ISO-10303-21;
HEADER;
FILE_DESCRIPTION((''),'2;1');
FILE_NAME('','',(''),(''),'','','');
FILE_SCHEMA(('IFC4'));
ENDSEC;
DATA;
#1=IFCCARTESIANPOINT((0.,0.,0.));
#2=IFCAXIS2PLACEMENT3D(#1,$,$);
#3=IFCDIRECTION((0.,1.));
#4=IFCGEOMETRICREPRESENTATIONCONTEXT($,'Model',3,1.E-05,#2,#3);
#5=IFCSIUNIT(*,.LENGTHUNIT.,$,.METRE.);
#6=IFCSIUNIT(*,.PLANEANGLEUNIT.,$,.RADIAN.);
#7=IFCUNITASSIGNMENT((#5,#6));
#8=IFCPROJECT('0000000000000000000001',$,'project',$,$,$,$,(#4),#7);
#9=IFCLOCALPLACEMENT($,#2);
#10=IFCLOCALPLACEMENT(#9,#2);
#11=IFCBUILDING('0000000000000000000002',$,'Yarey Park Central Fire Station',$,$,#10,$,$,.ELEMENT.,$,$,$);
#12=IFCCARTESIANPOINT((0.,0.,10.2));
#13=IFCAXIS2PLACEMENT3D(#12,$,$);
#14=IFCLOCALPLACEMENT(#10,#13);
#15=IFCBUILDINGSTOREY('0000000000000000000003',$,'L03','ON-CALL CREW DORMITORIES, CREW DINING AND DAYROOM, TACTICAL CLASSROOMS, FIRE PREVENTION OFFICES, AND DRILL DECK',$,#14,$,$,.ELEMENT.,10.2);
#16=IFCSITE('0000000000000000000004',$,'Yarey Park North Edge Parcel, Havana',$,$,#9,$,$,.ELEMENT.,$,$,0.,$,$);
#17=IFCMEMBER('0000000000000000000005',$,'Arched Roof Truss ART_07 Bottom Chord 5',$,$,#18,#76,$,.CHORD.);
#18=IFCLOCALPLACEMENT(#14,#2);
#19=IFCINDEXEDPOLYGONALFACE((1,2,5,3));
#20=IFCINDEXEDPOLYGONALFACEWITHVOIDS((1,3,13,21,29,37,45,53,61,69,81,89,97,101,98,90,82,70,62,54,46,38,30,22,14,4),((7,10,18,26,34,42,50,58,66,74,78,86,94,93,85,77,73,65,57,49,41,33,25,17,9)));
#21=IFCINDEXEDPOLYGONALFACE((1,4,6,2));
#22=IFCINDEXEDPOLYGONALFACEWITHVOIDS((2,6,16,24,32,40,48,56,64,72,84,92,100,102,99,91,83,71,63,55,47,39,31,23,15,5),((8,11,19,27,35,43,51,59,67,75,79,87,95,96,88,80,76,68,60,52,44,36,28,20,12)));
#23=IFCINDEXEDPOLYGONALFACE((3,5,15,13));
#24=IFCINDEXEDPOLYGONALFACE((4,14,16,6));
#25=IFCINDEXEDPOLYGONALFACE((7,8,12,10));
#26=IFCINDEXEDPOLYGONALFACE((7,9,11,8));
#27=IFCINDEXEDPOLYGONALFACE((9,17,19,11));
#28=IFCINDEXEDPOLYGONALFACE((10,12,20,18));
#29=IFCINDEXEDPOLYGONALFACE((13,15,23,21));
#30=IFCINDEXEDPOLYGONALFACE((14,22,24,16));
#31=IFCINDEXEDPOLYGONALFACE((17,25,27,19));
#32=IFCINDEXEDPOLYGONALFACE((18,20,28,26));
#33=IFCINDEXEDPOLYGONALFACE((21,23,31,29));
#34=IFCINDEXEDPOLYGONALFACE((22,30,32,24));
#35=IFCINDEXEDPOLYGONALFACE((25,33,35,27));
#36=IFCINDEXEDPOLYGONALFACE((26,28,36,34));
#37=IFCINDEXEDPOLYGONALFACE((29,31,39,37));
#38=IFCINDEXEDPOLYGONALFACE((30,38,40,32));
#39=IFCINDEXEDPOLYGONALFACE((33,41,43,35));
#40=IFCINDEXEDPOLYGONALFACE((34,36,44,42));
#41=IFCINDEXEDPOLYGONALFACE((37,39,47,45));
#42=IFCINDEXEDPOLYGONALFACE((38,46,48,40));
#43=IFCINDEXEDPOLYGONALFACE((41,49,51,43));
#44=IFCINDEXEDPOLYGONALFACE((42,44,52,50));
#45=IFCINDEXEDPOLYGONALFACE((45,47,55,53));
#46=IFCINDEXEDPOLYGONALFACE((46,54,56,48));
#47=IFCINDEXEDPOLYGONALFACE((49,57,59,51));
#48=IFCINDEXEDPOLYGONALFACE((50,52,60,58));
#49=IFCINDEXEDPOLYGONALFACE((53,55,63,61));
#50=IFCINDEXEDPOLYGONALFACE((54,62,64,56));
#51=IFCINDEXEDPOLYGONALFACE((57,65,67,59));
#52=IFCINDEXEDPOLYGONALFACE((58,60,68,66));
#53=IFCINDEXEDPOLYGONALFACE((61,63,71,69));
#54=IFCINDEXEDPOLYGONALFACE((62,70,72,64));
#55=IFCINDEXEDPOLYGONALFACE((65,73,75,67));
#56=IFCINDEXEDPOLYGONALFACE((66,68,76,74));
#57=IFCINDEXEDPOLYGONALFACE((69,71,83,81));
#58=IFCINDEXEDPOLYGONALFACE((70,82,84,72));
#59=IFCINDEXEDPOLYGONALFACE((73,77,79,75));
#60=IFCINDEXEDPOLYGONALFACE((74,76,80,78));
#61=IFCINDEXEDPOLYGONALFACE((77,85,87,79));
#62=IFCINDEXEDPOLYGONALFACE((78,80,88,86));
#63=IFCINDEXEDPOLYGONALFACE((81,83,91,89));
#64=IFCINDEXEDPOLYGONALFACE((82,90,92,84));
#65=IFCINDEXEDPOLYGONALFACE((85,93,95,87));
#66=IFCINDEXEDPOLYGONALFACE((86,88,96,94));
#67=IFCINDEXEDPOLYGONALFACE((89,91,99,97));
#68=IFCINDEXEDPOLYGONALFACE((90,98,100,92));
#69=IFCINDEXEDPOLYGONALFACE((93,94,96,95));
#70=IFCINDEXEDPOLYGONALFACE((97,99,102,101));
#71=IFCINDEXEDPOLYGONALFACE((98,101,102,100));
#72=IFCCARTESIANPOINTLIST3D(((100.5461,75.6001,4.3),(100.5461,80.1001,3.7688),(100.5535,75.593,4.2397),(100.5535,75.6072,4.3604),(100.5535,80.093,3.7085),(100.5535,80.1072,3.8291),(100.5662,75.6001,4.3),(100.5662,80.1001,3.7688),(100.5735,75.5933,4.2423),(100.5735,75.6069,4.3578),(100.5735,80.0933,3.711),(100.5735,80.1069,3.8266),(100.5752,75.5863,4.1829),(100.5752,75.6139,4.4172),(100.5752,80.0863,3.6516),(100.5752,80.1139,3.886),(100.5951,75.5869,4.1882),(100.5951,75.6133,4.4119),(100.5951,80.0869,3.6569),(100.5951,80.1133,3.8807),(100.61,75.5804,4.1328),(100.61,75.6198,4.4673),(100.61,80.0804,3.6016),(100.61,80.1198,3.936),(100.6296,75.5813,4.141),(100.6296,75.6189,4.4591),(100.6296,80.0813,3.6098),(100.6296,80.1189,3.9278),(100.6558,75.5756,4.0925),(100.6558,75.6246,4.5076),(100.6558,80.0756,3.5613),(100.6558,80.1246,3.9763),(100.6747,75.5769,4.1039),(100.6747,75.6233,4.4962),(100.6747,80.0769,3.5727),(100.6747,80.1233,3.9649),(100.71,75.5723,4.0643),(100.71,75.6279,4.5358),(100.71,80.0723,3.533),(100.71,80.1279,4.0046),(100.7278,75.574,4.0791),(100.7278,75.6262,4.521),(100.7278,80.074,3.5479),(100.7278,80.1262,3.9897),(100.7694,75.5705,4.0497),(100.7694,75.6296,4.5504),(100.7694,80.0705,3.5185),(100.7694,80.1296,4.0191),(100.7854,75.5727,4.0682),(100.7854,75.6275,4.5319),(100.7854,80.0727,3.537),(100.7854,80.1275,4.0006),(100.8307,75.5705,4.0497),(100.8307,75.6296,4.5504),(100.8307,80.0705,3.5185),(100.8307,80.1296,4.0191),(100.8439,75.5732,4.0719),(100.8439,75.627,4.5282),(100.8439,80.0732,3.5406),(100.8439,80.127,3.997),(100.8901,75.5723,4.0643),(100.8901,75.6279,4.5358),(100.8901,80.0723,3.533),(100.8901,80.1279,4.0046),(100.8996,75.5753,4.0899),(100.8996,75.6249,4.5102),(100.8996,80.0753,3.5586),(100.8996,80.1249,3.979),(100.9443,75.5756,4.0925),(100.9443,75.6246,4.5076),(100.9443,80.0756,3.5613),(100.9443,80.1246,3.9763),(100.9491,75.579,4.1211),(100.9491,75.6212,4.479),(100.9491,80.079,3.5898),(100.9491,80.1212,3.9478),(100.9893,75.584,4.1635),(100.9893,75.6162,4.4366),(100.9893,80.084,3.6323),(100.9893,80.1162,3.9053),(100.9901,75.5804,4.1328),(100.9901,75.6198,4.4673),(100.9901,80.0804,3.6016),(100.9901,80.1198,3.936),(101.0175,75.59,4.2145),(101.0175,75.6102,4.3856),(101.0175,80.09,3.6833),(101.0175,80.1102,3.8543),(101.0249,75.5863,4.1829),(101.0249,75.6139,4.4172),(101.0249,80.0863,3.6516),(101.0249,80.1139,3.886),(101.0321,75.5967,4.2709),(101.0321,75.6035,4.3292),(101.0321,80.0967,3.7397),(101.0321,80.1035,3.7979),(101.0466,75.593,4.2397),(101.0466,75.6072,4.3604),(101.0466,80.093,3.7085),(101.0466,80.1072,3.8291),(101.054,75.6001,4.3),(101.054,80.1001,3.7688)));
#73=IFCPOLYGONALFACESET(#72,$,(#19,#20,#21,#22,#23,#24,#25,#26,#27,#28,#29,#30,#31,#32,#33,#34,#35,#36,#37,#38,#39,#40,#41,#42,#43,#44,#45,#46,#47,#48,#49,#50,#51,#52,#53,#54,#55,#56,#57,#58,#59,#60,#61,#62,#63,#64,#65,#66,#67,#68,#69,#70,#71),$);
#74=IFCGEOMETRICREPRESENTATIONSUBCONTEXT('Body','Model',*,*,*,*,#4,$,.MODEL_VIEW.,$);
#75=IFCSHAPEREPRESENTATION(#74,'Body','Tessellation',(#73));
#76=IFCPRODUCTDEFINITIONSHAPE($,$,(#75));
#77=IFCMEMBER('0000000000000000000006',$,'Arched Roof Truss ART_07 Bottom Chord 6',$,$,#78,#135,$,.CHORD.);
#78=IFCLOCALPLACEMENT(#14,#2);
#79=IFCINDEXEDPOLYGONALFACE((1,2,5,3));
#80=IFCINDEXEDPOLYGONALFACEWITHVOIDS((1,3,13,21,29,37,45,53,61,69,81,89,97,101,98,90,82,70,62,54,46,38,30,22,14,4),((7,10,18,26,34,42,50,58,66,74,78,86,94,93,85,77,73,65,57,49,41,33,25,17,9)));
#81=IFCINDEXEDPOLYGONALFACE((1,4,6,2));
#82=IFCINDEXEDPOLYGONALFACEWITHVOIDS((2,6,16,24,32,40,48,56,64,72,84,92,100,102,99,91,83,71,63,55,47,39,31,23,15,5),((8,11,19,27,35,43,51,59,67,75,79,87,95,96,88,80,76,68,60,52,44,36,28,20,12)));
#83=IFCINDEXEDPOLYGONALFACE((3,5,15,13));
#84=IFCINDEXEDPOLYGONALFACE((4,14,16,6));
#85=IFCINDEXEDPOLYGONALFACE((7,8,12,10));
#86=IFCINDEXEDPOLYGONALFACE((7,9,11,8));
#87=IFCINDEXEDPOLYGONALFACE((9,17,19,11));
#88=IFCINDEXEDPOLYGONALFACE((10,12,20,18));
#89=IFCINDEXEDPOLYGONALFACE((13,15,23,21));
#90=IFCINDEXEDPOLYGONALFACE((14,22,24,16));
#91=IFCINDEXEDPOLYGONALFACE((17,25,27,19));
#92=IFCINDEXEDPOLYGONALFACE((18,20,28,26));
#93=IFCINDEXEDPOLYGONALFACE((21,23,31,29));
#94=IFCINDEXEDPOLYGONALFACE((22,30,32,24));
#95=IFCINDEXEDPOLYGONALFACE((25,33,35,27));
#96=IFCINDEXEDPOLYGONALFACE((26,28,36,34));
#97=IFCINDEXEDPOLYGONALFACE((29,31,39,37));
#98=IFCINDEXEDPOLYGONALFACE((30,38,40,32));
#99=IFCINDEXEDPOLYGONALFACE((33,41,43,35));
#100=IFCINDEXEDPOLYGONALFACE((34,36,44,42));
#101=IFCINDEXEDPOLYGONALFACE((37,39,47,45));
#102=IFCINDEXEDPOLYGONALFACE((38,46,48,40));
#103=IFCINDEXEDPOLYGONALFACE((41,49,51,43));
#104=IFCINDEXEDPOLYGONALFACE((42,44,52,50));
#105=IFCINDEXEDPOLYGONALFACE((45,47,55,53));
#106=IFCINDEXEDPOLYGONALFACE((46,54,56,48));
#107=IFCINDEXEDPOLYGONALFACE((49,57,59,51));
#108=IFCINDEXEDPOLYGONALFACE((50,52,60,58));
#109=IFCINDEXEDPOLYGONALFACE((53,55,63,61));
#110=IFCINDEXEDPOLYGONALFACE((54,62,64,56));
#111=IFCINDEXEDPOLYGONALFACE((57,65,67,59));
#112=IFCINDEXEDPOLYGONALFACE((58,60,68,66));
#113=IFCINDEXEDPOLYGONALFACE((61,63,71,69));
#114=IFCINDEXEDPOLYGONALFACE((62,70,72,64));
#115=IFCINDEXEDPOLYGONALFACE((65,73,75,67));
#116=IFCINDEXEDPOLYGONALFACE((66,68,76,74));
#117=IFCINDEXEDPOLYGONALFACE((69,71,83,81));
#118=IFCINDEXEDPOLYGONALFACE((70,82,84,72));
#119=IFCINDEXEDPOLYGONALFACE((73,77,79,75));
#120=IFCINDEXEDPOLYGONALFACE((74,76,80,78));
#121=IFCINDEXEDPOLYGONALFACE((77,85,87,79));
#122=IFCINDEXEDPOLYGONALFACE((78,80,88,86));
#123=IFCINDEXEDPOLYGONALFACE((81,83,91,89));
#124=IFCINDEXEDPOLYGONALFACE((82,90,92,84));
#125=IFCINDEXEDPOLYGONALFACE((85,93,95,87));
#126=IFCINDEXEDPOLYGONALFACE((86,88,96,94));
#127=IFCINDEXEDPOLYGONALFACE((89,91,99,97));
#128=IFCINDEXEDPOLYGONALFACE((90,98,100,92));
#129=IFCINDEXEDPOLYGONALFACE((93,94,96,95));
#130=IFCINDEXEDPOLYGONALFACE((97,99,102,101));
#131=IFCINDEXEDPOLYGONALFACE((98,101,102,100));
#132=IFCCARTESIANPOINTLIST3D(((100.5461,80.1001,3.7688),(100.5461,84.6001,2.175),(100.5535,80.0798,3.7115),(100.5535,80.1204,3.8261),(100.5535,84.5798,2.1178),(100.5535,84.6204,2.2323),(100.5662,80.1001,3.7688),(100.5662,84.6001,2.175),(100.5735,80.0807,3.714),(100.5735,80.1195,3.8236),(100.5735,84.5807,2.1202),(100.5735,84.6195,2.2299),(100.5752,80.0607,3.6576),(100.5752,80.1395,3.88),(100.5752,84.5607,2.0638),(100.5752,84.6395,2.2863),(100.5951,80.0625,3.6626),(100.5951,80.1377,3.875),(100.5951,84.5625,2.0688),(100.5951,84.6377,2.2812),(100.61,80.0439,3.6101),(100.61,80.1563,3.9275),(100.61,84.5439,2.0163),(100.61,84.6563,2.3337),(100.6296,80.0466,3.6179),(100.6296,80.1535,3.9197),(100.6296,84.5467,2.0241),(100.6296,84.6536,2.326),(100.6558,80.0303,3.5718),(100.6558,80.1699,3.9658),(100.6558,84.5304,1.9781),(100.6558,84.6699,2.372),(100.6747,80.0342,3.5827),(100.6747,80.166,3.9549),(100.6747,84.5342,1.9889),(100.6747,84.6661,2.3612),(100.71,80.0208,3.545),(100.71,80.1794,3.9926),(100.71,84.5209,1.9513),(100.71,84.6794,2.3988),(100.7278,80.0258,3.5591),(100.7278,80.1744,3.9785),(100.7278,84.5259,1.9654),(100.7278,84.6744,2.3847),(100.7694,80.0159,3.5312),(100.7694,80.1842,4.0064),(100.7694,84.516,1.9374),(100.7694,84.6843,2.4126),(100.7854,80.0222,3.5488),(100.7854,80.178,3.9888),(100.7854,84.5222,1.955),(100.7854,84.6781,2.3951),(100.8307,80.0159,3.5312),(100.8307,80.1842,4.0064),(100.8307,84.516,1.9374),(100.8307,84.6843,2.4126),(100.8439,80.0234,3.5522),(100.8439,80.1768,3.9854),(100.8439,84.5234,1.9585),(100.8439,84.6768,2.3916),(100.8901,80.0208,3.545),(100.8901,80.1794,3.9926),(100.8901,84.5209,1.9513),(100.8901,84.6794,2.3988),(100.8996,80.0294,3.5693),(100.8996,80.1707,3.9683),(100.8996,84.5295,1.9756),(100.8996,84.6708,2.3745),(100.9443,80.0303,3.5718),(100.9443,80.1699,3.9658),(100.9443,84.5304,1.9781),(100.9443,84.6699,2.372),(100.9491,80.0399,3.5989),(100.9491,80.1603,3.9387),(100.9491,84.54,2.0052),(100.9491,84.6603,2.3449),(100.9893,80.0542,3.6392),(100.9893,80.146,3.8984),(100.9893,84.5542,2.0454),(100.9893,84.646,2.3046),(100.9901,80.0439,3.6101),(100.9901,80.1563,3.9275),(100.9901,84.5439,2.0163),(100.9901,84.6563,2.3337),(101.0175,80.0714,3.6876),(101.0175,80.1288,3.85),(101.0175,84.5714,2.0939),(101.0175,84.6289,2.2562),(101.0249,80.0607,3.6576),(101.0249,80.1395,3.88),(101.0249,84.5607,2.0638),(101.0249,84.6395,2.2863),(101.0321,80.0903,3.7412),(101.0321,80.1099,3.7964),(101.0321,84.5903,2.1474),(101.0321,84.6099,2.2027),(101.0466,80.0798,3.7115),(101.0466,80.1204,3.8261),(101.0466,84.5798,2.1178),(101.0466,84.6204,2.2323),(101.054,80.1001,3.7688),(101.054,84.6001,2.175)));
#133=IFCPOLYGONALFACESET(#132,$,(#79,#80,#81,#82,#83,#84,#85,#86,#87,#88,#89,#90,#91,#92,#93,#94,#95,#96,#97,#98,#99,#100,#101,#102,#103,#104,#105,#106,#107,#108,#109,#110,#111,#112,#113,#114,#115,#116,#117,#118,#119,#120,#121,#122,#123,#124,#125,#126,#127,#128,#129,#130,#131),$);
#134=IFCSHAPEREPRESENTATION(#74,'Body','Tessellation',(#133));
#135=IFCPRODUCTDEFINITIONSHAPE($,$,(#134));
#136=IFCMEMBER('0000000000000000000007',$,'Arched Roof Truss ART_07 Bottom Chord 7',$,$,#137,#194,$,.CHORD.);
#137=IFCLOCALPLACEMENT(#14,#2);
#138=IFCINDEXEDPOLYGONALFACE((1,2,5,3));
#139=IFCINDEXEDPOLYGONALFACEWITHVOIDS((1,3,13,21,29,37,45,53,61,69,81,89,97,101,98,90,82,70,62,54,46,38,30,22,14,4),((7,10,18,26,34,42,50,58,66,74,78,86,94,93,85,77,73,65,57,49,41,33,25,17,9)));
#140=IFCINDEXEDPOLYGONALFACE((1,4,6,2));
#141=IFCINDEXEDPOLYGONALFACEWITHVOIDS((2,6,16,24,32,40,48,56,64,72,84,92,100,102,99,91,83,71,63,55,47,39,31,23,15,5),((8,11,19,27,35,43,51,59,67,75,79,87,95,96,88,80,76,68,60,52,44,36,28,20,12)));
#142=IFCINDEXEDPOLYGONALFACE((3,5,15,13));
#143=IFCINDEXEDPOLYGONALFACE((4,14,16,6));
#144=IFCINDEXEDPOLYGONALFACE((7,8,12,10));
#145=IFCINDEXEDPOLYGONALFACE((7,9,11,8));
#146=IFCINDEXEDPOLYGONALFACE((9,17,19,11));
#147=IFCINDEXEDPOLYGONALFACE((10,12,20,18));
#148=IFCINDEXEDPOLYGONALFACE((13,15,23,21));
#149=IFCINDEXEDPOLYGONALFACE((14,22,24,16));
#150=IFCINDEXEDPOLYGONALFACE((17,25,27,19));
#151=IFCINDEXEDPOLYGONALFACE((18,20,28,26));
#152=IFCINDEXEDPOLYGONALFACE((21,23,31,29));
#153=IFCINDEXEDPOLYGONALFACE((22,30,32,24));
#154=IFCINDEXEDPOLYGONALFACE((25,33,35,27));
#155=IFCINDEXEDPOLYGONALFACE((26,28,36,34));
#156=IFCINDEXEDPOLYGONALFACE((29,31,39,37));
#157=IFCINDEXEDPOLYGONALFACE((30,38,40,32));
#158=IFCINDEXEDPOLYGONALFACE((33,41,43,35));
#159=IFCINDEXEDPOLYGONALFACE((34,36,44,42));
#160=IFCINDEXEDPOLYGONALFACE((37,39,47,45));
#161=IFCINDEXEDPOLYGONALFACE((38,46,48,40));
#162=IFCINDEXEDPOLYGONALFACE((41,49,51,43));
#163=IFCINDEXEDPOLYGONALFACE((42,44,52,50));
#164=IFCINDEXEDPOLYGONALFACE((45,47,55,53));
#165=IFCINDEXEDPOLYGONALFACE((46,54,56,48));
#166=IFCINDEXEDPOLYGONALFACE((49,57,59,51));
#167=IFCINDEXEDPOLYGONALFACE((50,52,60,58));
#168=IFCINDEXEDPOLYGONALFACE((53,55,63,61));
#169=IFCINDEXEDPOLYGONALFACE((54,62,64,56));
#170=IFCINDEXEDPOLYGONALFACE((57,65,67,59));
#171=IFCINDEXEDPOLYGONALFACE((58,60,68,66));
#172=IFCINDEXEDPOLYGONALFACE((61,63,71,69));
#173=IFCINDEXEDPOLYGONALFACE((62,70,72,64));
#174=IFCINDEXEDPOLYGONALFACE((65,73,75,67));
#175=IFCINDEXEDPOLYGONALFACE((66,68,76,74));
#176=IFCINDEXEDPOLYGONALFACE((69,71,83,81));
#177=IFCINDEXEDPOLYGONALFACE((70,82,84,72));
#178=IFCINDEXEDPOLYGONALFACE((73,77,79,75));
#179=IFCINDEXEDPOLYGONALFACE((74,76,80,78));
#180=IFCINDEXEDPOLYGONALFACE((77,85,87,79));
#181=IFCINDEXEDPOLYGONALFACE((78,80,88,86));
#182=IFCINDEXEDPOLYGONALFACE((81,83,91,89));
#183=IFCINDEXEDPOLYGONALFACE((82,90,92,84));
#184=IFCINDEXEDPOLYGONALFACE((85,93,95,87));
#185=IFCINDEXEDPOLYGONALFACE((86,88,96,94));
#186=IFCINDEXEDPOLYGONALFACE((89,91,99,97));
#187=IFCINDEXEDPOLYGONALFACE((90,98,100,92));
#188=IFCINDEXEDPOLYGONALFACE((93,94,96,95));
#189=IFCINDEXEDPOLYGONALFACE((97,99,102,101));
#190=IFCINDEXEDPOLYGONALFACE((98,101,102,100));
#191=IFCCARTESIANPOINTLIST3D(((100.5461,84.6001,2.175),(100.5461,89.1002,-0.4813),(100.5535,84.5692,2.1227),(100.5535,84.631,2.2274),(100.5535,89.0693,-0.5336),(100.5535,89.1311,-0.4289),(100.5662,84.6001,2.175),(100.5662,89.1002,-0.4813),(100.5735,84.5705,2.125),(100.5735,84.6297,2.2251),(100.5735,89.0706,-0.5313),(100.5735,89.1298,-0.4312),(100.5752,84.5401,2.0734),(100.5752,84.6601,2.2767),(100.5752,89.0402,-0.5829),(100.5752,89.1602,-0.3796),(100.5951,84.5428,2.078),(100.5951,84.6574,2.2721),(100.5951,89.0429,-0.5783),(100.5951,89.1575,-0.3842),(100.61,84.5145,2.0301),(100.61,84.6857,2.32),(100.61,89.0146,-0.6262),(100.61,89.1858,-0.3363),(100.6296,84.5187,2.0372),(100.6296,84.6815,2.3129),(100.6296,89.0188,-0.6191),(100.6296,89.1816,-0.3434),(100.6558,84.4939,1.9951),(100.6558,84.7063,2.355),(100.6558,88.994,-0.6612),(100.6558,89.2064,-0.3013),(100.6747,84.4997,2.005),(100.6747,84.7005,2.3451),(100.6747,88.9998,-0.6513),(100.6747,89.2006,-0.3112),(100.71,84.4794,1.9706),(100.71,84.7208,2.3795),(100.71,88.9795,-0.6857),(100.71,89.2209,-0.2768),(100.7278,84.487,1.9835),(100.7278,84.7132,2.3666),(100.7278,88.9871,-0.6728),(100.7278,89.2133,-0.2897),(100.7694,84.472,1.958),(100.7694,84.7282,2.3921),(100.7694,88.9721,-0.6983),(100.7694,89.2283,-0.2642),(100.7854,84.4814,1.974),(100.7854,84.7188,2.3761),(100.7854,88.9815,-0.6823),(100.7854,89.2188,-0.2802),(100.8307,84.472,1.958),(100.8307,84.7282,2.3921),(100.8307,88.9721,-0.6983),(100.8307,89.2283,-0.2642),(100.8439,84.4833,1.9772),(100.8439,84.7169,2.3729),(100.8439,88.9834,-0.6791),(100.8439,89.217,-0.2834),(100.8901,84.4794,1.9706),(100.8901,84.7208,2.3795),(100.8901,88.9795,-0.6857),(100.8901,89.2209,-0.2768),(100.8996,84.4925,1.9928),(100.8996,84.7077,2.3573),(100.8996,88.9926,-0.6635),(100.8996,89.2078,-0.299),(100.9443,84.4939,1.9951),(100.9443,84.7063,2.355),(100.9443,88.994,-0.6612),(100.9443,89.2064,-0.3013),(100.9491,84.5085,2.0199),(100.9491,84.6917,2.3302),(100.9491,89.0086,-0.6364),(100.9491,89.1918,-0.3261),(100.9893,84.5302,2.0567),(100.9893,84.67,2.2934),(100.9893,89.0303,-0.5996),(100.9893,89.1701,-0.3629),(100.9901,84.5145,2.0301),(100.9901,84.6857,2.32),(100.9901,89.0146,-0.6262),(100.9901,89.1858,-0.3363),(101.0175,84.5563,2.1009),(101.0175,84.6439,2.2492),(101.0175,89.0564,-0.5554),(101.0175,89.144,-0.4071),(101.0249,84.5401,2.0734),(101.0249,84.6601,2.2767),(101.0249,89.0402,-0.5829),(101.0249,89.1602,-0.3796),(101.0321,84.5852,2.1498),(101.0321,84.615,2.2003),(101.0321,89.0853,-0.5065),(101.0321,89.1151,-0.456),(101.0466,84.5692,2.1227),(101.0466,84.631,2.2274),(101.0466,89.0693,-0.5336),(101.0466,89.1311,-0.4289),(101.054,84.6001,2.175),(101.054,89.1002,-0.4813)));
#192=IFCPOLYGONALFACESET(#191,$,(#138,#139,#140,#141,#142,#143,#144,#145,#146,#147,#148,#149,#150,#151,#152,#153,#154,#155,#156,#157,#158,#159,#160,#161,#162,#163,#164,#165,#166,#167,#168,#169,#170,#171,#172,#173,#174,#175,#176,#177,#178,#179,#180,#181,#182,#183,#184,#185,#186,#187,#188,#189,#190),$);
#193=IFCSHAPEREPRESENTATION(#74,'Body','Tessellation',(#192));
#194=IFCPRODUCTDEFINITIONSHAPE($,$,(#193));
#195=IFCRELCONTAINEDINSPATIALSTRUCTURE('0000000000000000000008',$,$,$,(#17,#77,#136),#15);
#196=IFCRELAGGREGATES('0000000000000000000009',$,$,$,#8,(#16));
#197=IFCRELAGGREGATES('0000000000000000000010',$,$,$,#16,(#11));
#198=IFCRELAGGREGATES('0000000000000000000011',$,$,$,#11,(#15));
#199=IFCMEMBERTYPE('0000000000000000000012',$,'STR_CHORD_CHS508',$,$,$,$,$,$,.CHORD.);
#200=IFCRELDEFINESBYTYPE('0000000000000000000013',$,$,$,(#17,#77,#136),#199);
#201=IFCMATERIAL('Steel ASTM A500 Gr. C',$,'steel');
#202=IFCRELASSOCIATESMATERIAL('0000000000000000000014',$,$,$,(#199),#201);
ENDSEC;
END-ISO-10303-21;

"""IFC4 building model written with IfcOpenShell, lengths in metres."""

from ifc_helpers import new_model, si_unit, direction, frame, origin, origin_2d, place, context, subcontext, project, spatial, hollow_circle, extrude, material, material_profile, profile_set, type_object, element, save


model = new_model("IFC4")

# Units and contexts
model_context = context("Model", 3, precision=1e-05, world=origin(), true_north=direction((0.0, 1.0)))
body_context = subcontext(model_context, "Body", "Model", "MODEL_VIEW")
ifc_project = project(units=[si_unit("LENGTHUNIT", "METRE"), si_unit("PLANEANGLEUNIT", "RADIAN")], contexts=[model_context])

# Site, building, storey
site_placement = place(None, origin())
site = spatial("IfcSite", under=ifc_project, at=site_placement, Name="Yarey Park North Edge Parcel, Havana", CompositionType="ELEMENT", RefElevation=0.0)
building_placement = place(site_placement, origin())
building = spatial("IfcBuilding", under=site, at=building_placement, Name="Yarey Park Central Fire Station", CompositionType="ELEMENT")
storey_placement = place(building_placement, frame((0.0, 0.0, 10.2)))
storey = spatial("IfcBuildingStorey", under=building, at=storey_placement, Name="L03", Description="ON-CALL CREW DORMITORIES, CREW DINING AND DAYROOM, TACTICAL CLASSROOMS, FIRE PREVENTION OFFICES, AND DRILL DECK", CompositionType="ELEMENT", Elevation=10.2)

# Members
ifc_material_1 = material(Name="Steel ASTM A500 Gr. C", Category="steel")
ifc_material_profile_1 = material_profile(ifc_material_1, hollow_circle(Radius=0.2539, WallThickness=0.02, at=origin_2d()), Name="CHS 508x20")
ifc_profile_set_1 = profile_set([ifc_material_profile_1], Name="Steel ASTM A500 Gr. C")
member_type_1 = type_object("IfcMemberType", Name="STR_CHORD_CHS508", PredefinedType="CHORD", material=ifc_profile_set_1)
member_1_placement = place(storey_placement, frame((100.8, 75.6001, 4.3), z_axis=(0.0, 0.993103, -0.117241), x_axis=(-1.0, 0.0, 0.0)))
element("IfcMember", 1, at=member_1_placement, inside=storey, type_object=member_type_1, Name="Arched Roof Truss ART_07 Bottom Chord 5", PredefinedType="CHORD", context=body_context, shape_type="SweptSolid", body=[
    extrude(hollow_circle(Radius=0.2539, WallThickness=0.02, at=origin_2d()), origin(), (0.0, 0.0, 1.0), 4.5312),
])
member_2_placement = place(storey_placement, frame((100.8, 80.1001, 3.7688), z_axis=(0.0, 0.942627, -0.333847), x_axis=(-1.0, 0.0, 0.0)))
element("IfcMember", 2, at=member_2_placement, inside=storey, type_object=member_type_1, Name="Arched Roof Truss ART_07 Bottom Chord 6", PredefinedType="CHORD", context=body_context, shape_type="SweptSolid", body=[
    extrude(hollow_circle(Radius=0.2539, WallThickness=0.02, at=origin_2d()), origin(), (0.0, 0.0, 1.0), 4.7739),
])
member_3_placement = place(storey_placement, frame((100.8, 84.6001, 2.175), z_axis=(0.0, 0.861165, -0.508326), x_axis=(-1.0, 0.0, 0.0)))
element("IfcMember", 3, at=member_3_placement, inside=storey, type_object=member_type_1, Name="Arched Roof Truss ART_07 Bottom Chord 7", PredefinedType="CHORD", context=body_context, shape_type="SweptSolid", body=[
    extrude(hollow_circle(Radius=0.2539, WallThickness=0.02, at=origin_2d()), origin(), (0.0, 0.0, 1.0), 5.2256),
])

save(model, "model.ifc")
